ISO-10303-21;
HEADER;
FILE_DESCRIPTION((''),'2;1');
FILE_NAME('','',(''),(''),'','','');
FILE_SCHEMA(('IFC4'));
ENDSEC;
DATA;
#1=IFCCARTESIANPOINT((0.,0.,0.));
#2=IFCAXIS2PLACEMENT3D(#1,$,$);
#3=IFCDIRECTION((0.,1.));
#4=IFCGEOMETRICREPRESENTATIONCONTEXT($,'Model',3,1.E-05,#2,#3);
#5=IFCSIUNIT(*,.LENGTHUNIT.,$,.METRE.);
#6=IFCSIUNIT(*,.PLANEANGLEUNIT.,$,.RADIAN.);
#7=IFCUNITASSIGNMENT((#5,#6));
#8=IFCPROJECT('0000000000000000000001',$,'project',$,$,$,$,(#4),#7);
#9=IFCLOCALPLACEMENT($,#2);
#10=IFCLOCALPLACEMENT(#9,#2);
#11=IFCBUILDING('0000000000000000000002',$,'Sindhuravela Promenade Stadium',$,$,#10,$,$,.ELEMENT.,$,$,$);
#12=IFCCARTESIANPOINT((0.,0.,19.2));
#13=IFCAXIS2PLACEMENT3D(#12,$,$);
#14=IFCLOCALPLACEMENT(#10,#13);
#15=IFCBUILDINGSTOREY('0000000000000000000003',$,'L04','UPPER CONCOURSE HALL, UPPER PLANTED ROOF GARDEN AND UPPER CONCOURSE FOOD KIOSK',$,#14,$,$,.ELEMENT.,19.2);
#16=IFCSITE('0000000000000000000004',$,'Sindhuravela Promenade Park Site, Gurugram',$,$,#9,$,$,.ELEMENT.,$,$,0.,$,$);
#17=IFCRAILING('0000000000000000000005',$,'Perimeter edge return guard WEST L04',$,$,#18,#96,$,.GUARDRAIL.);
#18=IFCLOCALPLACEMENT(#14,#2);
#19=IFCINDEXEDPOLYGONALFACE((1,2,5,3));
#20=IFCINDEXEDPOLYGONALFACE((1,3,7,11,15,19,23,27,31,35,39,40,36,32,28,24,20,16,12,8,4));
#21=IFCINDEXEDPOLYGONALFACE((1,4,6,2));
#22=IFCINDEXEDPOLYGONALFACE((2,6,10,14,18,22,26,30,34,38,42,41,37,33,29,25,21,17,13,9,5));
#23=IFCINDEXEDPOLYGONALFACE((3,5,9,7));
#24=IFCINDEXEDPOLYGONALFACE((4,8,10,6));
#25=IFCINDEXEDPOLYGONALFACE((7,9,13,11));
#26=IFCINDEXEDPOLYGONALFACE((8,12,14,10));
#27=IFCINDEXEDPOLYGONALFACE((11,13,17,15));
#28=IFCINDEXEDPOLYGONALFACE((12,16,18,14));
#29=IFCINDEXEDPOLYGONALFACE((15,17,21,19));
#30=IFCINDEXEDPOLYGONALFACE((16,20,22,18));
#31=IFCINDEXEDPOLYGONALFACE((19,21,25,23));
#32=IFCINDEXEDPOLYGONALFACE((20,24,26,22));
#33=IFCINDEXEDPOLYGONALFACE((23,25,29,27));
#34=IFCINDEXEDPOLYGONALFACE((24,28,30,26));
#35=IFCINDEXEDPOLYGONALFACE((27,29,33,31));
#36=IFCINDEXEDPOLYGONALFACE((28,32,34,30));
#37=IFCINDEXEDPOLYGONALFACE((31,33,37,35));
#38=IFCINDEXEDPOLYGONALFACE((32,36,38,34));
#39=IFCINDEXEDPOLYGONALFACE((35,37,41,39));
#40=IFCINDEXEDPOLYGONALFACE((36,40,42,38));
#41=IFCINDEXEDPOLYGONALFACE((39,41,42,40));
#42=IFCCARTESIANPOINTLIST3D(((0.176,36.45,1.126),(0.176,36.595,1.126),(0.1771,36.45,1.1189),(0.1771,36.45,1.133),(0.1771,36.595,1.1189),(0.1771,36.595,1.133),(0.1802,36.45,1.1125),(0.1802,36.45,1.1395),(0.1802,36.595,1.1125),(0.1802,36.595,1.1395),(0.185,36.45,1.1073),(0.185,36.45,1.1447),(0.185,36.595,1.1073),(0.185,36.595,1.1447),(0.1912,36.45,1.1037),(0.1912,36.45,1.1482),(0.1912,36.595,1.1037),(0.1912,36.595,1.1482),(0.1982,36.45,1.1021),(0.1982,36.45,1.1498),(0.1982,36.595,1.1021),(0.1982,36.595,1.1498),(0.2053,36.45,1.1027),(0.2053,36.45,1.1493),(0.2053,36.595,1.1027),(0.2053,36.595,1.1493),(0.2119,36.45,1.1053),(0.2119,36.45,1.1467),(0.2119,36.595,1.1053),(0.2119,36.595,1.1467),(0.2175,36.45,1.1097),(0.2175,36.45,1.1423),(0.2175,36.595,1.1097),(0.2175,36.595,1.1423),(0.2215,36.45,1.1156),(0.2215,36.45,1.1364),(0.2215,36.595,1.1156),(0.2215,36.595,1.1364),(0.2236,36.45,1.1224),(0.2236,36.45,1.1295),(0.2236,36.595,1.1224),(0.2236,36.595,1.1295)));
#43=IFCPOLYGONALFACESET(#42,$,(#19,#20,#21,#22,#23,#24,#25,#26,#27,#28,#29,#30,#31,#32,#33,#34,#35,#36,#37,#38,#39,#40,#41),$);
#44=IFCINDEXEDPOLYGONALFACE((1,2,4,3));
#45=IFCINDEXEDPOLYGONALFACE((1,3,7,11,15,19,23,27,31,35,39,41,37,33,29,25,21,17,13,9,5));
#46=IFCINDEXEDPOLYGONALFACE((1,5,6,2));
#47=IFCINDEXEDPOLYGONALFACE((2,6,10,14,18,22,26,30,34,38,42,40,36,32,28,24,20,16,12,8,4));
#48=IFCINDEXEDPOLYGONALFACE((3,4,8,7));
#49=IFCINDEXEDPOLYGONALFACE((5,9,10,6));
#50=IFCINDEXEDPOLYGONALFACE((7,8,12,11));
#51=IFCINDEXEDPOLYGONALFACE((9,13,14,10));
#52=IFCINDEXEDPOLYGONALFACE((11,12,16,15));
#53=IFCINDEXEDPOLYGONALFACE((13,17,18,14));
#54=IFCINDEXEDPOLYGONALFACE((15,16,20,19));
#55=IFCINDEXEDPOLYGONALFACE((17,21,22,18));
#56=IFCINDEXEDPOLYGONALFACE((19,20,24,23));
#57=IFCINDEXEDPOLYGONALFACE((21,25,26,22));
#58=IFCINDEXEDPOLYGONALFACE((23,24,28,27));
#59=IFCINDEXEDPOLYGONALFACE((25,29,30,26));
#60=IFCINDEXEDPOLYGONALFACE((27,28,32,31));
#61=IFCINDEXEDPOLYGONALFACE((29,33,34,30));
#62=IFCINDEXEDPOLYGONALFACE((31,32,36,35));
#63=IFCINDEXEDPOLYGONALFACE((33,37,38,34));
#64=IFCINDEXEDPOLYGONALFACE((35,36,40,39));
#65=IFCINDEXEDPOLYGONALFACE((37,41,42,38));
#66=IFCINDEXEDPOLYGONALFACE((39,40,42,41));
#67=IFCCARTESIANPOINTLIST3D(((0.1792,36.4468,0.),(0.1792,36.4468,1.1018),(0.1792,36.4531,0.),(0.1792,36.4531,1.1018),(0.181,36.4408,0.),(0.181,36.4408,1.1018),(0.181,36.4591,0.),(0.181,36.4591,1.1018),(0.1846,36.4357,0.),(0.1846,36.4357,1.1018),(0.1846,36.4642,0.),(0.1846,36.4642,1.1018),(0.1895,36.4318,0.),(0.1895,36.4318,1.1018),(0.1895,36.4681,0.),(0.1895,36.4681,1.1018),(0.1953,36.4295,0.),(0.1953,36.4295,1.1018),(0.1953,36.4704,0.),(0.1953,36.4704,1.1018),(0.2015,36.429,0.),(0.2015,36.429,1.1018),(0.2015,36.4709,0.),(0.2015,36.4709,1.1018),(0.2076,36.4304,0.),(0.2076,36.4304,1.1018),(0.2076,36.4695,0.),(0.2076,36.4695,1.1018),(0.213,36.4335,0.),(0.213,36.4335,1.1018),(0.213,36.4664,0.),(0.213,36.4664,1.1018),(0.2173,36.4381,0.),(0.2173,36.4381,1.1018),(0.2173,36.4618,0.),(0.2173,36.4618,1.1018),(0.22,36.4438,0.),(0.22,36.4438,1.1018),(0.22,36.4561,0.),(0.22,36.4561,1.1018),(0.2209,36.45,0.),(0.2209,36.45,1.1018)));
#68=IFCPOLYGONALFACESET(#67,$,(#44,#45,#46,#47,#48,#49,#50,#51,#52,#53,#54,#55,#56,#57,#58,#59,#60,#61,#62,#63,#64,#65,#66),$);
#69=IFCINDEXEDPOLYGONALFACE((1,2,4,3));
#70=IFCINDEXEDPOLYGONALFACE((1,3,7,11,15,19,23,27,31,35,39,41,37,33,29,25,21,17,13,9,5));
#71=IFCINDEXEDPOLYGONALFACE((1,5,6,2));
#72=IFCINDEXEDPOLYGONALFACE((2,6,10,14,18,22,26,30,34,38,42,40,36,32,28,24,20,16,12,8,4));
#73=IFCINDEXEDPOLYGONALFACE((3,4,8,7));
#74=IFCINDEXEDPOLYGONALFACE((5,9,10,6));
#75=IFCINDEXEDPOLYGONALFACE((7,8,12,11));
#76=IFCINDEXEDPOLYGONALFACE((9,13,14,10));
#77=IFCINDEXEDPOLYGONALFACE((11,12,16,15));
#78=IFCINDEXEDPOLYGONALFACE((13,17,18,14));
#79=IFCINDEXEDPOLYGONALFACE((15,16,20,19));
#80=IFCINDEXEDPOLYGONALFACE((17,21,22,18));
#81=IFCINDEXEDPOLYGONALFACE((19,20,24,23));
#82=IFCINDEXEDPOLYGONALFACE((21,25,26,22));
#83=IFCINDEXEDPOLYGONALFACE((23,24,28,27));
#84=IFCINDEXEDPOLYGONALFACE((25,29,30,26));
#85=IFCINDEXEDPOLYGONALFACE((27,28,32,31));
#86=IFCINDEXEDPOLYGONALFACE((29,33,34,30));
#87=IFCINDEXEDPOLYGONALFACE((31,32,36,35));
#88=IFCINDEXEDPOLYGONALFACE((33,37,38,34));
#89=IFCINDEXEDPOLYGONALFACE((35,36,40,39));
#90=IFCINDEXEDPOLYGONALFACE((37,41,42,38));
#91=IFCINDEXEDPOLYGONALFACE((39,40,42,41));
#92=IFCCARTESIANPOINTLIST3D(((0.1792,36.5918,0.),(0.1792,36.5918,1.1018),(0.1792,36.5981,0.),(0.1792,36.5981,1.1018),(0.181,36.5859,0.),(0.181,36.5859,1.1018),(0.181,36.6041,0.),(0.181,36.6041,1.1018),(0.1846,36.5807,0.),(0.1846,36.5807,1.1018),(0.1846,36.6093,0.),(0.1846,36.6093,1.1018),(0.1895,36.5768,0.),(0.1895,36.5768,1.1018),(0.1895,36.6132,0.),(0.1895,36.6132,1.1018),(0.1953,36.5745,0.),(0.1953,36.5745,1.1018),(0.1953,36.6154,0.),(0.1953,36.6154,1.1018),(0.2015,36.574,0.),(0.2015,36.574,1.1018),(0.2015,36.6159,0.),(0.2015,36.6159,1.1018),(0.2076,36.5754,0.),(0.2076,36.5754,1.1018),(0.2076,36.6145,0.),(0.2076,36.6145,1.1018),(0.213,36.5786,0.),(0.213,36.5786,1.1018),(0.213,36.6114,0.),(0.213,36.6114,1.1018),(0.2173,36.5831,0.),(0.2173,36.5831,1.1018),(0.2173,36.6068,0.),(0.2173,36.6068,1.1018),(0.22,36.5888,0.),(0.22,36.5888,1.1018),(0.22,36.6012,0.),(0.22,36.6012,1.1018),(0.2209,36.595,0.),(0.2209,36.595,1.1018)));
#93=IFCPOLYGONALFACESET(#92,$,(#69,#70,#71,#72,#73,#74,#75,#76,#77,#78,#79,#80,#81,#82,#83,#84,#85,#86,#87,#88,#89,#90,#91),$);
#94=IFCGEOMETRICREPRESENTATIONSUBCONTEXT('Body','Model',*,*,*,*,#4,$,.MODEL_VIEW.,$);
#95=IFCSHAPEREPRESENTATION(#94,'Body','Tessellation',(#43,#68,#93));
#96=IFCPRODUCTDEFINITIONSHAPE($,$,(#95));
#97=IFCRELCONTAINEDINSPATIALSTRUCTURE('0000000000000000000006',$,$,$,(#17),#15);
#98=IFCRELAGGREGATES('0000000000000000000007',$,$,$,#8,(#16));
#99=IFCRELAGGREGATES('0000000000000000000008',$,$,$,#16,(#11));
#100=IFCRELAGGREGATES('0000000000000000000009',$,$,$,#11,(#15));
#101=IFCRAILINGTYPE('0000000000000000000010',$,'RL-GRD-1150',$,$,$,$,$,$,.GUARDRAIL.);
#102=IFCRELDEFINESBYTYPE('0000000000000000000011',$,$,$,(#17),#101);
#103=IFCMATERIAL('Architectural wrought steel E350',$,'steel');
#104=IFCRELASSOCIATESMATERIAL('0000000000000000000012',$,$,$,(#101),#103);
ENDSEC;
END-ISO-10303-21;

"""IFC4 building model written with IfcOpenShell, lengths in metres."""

from ifc_helpers import new_model, si_unit, direction, frame, origin, origin_2d, place, context, subcontext, project, spatial, circle, extrude, material, type_object, element, save


model = new_model("IFC4")

# Units and contexts
model_context = context("Model", 3, precision=1e-05, world=origin(), true_north=direction((0.0, 1.0)))
body_context = subcontext(model_context, "Body", "Model", "MODEL_VIEW")
ifc_project = project(units=[si_unit("LENGTHUNIT", "METRE"), si_unit("PLANEANGLEUNIT", "RADIAN")], contexts=[model_context])

# Site, building, storey
site_placement = place(None, origin())
site = spatial("IfcSite", under=ifc_project, at=site_placement, Name="Sindhuravela Promenade Park Site, Gurugram", CompositionType="ELEMENT", RefElevation=0.0)
building_placement = place(site_placement, origin())
building = spatial("IfcBuilding", under=site, at=building_placement, Name="Sindhuravela Promenade Stadium", CompositionType="ELEMENT")
storey_placement = place(building_placement, frame((0.0, 0.0, 19.2)))
storey = spatial("IfcBuildingStorey", under=building, at=storey_placement, Name="L04", Description="UPPER CONCOURSE HALL, UPPER PLANTED ROOF GARDEN AND UPPER CONCOURSE FOOD KIOSK", CompositionType="ELEMENT", Elevation=19.2)

# Railing
ifc_material_1 = material(Name="Architectural wrought steel E350", Category="steel")
railing_type = type_object("IfcRailingType", Name="RL-GRD-1150", PredefinedType="GUARDRAIL", material=ifc_material_1)
railing_placement = place(storey_placement, frame((0.2, 36.45, 0.0)))
element("IfcRailing", 1, at=railing_placement, inside=storey, type_object=railing_type, Name="Perimeter edge return guard WEST L04", PredefinedType="GUARDRAIL", context=body_context, shape_type="SweptSolid", body=[
    extrude(circle(Radius=0.0239, at=origin_2d()), frame((0.0, 0.0, 1.126), z_axis=(0.0, 1.0, 0.0), x_axis=(-1.0, 0.0, 0.0)), (0.0, 0.0, 1.0), 0.145),
    extrude(circle(Radius=0.021, at=origin_2d()), origin(), (0.0, 0.0, 1.0), 1.1018),
    extrude(circle(Radius=0.021, at=origin_2d()), frame((0.0, 0.145, 0.0)), (0.0, 0.0, 1.0), 1.1018),
])

save(model, "model.ifc")
